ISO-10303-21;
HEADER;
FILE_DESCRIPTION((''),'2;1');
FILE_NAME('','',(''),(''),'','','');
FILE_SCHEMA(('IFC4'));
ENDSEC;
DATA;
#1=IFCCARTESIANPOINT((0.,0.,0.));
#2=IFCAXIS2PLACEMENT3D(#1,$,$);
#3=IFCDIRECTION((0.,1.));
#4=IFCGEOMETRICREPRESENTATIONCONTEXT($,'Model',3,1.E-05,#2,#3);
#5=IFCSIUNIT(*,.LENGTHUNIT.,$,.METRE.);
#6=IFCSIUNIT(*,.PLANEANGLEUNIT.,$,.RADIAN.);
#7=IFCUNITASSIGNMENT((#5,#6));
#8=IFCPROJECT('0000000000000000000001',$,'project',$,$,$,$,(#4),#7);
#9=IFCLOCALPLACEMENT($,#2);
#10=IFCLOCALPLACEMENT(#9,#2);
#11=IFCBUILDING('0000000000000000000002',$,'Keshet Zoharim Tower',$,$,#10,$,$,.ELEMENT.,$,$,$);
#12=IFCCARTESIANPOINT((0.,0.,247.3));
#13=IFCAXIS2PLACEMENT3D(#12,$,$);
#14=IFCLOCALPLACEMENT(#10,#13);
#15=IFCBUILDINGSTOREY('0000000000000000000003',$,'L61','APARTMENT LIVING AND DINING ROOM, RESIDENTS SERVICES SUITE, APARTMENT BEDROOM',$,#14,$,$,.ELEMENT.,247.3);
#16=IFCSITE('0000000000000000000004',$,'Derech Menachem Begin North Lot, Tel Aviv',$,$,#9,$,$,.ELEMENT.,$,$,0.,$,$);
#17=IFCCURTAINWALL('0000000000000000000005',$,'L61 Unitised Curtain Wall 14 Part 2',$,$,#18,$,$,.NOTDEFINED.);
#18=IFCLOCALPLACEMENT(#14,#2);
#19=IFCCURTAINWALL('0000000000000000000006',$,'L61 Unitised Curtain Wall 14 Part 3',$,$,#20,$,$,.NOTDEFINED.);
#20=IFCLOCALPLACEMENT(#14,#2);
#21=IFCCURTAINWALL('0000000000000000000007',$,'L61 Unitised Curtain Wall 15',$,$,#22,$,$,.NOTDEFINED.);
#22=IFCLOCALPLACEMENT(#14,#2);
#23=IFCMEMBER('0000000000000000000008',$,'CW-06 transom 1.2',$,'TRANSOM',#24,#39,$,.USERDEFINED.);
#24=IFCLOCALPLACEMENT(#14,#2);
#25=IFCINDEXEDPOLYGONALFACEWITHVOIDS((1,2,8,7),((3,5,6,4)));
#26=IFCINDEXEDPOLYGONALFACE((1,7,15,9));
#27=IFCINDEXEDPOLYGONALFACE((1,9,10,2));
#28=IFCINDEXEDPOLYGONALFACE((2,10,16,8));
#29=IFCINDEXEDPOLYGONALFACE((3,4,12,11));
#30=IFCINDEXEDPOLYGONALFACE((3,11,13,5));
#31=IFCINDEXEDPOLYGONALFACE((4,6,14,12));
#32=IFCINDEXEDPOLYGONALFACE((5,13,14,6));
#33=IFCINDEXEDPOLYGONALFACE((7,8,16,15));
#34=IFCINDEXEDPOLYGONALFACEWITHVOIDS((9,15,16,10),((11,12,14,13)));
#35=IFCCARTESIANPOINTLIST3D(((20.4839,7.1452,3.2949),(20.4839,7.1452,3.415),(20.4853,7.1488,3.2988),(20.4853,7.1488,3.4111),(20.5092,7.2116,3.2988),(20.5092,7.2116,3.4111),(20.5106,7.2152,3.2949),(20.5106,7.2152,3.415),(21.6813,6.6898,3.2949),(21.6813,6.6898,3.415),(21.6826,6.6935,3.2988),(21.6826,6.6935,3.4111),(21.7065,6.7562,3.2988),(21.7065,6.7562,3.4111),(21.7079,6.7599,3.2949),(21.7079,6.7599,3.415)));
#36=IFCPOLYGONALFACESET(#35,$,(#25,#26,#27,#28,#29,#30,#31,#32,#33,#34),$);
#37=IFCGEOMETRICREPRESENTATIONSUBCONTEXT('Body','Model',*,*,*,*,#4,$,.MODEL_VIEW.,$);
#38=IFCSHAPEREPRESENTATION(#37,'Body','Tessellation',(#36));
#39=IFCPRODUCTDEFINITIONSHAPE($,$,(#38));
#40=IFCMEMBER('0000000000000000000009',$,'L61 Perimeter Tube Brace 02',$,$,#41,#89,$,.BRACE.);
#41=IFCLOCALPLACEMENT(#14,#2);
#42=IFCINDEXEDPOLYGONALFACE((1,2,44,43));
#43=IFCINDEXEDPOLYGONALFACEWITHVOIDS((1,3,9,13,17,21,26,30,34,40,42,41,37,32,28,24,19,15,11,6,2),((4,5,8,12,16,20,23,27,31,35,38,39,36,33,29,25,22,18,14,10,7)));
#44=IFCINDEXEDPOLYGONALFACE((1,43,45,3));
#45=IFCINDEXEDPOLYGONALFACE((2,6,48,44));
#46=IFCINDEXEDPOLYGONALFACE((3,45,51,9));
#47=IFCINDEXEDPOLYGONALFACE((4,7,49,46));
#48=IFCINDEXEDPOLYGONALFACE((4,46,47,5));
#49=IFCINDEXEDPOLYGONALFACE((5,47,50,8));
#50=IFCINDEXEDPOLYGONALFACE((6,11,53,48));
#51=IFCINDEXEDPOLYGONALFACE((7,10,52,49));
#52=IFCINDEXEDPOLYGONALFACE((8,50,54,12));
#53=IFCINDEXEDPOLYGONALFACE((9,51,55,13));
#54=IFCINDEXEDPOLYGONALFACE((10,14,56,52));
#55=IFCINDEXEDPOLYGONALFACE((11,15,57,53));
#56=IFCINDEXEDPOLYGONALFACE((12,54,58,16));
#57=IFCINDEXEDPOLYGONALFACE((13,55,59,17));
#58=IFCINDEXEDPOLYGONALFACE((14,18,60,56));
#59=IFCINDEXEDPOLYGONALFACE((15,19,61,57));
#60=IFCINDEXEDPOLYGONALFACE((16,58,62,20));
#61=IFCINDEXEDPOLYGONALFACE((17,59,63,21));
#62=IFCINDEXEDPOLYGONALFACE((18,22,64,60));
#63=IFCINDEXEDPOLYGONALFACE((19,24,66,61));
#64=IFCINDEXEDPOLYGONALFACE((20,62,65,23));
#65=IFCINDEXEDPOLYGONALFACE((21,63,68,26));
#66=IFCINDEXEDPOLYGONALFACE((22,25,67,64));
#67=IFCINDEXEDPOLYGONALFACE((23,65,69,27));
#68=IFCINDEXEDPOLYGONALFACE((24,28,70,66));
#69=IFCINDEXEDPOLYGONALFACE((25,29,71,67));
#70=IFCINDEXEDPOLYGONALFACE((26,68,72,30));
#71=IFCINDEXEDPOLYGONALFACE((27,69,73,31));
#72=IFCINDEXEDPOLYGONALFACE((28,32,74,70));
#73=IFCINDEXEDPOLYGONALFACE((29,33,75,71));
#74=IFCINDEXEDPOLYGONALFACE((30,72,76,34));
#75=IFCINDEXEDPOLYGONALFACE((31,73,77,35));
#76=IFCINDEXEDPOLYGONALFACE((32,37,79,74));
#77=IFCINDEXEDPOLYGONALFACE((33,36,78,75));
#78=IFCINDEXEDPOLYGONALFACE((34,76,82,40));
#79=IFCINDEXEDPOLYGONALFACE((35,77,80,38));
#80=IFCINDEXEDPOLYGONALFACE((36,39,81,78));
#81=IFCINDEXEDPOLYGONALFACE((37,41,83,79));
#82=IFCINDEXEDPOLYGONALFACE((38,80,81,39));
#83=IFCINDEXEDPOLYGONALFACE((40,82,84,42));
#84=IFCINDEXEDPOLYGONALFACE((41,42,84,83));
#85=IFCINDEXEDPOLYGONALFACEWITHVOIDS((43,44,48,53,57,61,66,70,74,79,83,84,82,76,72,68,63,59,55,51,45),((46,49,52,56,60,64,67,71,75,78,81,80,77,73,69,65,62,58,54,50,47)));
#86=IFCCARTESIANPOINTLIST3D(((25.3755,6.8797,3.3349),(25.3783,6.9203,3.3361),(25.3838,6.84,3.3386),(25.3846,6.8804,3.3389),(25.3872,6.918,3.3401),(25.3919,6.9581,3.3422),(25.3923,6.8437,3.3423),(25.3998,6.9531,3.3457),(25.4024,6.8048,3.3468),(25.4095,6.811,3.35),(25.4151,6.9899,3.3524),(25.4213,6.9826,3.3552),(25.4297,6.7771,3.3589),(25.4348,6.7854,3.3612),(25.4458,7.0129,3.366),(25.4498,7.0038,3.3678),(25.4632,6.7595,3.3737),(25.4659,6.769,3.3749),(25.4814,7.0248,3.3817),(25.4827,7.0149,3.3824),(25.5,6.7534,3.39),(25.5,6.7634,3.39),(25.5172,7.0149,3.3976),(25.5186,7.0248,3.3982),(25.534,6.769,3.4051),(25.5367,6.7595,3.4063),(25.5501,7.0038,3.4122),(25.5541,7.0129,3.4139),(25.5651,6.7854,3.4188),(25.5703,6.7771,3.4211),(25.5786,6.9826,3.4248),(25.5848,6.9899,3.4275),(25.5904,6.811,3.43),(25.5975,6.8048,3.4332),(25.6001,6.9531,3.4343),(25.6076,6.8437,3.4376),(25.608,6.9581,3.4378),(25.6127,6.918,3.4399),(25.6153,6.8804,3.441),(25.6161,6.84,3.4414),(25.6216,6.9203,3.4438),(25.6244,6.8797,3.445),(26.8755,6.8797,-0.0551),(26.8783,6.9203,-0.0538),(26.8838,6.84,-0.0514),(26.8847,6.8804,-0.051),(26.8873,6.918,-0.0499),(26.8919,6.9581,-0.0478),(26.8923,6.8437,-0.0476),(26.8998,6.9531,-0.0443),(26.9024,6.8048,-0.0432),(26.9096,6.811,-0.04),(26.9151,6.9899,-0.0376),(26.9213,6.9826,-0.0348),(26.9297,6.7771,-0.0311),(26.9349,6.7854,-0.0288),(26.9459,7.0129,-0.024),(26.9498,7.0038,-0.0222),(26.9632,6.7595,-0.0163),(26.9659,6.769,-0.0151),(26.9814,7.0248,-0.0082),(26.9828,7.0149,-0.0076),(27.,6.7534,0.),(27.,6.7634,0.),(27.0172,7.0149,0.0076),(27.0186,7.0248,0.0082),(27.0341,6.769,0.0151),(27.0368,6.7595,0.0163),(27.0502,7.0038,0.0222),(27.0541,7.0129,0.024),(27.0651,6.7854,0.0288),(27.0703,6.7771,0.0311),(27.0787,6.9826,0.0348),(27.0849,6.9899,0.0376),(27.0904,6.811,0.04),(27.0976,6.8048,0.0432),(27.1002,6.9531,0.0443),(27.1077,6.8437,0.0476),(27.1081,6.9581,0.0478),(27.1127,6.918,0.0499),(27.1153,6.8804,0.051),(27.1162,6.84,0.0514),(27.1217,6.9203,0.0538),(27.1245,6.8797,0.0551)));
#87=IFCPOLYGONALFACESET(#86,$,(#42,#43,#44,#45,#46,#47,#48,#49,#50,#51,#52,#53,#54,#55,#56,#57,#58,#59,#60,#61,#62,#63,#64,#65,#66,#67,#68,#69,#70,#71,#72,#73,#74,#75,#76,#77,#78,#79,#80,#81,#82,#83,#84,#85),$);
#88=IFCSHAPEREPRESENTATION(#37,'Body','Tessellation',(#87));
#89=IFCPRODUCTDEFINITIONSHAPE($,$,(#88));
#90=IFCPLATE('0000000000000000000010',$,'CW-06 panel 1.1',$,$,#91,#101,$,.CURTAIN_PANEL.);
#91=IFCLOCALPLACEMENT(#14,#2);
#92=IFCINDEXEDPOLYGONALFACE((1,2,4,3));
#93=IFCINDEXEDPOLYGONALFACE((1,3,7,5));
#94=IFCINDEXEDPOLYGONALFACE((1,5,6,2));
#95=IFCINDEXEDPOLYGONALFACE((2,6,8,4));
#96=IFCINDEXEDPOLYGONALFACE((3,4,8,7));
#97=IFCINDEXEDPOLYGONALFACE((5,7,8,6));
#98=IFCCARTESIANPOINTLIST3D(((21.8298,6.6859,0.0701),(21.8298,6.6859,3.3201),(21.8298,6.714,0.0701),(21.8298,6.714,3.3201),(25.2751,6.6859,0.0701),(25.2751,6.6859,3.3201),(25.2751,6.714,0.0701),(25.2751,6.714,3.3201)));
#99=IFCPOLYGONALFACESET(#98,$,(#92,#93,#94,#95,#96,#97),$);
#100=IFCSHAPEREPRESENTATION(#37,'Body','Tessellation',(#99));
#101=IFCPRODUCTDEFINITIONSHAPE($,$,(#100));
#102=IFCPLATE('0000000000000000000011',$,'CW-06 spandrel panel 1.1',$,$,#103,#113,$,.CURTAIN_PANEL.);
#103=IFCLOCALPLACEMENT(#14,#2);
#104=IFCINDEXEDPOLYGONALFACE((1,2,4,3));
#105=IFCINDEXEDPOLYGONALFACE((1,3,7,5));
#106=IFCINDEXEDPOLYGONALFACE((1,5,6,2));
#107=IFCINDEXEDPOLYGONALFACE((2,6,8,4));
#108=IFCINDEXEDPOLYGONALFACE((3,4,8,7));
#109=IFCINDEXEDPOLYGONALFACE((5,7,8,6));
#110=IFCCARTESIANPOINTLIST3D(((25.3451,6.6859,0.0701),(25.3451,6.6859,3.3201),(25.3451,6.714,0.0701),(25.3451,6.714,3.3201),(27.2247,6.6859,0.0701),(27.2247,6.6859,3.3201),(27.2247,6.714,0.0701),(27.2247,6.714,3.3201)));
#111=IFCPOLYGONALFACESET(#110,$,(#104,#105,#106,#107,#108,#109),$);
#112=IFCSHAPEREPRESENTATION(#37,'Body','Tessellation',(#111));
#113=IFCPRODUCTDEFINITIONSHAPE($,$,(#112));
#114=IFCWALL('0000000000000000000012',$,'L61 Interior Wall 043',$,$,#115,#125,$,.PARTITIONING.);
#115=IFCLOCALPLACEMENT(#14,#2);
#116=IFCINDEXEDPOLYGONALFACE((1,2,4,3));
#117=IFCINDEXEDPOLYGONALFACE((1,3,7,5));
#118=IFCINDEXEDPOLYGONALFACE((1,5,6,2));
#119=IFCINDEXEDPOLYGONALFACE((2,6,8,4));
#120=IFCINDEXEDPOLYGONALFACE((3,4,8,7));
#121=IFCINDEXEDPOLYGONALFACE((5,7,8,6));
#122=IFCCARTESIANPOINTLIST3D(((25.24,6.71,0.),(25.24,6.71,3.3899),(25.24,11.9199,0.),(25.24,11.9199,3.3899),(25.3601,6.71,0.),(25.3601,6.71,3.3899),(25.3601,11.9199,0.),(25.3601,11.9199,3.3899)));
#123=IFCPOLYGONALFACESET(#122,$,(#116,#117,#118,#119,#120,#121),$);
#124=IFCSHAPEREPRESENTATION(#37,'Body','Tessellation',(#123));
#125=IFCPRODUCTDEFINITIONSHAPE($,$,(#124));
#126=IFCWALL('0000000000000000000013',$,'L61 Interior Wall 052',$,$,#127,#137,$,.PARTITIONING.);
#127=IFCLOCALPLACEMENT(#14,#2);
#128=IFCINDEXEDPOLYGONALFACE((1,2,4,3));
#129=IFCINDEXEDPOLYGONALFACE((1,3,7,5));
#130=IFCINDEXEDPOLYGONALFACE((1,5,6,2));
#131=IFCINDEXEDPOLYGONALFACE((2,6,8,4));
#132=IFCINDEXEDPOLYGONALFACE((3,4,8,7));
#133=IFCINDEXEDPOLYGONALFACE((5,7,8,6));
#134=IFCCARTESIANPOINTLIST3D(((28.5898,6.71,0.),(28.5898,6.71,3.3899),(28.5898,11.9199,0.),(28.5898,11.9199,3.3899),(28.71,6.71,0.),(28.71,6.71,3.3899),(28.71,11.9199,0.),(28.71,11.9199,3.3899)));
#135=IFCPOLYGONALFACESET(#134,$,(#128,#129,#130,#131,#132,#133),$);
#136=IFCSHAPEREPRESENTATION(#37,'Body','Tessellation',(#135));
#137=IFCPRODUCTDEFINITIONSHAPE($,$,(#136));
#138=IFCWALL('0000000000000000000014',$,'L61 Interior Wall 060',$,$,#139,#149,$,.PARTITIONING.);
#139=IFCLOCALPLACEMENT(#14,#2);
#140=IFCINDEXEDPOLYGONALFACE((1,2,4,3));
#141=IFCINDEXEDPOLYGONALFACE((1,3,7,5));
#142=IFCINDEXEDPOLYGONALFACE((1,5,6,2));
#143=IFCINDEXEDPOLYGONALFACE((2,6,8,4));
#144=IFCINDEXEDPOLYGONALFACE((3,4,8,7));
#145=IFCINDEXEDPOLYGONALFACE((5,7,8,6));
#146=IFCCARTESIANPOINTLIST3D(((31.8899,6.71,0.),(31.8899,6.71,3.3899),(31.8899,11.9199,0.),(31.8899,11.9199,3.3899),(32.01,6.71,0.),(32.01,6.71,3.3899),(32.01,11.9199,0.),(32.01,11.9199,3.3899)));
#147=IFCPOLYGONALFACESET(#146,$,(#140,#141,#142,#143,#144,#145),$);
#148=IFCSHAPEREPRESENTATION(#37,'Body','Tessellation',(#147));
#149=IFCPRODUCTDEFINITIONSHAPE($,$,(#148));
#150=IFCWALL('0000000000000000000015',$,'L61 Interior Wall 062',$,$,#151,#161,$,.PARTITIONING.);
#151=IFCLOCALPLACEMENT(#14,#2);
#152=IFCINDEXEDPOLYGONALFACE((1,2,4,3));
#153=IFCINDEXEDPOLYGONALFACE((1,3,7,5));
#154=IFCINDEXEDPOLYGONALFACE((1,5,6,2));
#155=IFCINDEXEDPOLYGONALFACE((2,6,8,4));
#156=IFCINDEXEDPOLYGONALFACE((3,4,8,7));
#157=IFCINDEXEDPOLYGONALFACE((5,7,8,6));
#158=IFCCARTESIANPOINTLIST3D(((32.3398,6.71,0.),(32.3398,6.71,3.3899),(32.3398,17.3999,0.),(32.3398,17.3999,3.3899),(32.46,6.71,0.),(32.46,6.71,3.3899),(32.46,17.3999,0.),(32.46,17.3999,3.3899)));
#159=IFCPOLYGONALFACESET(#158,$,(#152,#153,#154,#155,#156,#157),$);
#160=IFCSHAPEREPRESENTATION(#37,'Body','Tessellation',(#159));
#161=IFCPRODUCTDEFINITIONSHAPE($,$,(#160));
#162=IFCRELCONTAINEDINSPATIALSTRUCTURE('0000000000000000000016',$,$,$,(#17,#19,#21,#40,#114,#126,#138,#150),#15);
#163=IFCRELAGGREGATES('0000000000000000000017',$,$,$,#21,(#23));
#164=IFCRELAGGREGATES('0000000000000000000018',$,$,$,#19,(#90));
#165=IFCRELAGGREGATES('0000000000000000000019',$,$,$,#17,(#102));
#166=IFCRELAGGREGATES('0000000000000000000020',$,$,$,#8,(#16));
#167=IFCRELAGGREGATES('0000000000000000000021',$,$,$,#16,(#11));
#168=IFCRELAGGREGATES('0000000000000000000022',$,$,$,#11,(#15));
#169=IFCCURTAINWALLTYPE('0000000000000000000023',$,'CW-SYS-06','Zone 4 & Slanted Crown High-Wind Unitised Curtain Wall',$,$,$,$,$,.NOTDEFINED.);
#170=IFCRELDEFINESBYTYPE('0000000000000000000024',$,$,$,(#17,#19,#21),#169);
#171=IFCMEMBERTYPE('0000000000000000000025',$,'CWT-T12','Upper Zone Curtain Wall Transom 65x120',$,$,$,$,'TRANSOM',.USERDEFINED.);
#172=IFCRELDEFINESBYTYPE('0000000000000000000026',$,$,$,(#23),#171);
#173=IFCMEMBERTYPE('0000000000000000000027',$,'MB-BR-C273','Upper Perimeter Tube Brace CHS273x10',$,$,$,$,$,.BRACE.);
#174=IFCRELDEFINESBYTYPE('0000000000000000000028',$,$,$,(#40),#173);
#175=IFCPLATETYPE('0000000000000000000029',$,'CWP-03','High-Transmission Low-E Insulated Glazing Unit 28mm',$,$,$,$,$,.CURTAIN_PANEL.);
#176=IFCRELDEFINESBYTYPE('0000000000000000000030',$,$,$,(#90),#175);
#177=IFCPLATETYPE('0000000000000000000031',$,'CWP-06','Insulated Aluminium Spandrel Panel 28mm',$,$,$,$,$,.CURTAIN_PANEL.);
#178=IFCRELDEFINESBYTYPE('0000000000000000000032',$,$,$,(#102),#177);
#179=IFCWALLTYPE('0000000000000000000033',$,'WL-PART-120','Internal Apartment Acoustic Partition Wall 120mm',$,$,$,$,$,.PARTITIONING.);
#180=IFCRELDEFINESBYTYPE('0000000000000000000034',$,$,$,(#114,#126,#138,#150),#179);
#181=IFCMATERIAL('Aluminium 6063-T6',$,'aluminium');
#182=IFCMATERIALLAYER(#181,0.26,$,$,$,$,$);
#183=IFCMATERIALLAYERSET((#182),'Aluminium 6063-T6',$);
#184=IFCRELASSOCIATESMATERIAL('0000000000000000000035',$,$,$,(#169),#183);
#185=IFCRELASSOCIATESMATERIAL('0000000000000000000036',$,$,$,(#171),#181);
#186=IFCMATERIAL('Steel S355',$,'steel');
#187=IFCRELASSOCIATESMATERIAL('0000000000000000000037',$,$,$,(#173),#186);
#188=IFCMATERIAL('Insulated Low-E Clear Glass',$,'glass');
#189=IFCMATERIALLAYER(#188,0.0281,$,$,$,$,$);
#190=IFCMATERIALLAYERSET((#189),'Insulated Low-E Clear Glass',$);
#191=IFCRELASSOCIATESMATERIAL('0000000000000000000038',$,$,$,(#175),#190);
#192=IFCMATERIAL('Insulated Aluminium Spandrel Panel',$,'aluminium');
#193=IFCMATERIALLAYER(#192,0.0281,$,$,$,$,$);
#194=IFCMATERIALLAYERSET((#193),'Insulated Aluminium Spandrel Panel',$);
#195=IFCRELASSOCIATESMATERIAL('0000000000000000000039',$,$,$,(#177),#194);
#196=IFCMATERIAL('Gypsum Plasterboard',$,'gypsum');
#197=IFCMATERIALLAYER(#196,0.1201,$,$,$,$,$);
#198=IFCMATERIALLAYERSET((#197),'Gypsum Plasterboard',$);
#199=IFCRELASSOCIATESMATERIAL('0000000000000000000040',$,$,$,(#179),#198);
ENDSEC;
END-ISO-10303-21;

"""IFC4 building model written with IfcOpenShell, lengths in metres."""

from ifc_helpers import new_model, si_unit, direction, frame, frame_2d, origin, origin_2d, place, context, subcontext, project, spatial, rectangle, hollow_rectangle, hollow_circle, extrude, material, layer, layer_set, material_profile, profile_set, type_object, element, aggregate, save


model = new_model("IFC4")

# Units and contexts
model_context = context("Model", 3, precision=1e-05, world=origin(), true_north=direction((0.0, 1.0)))
body_context = subcontext(model_context, "Body", "Model", "MODEL_VIEW")
ifc_project = project(units=[si_unit("LENGTHUNIT", "METRE"), si_unit("PLANEANGLEUNIT", "RADIAN")], contexts=[model_context])

# Site, building, storey
site_placement = place(None, origin())
site = spatial("IfcSite", under=ifc_project, at=site_placement, Name="Derech Menachem Begin North Lot, Tel Aviv", CompositionType="ELEMENT", RefElevation=0.0)
building_placement = place(site_placement, origin())
building = spatial("IfcBuilding", under=site, at=building_placement, Name="Keshet Zoharim Tower", CompositionType="ELEMENT")
storey_placement = place(building_placement, frame((0.0, 0.0, 247.3)))
storey = spatial("IfcBuildingStorey", under=building, at=storey_placement, Name="L61", Description="APARTMENT LIVING AND DINING ROOM, RESIDENTS SERVICES SUITE, APARTMENT BEDROOM", CompositionType="ELEMENT", Elevation=247.3)

# Shared definitions
ifc_material_1 = material(Name="Steel S355", Category="steel")

# Curtain walls
ifc_material_2 = material(Name="Aluminium 6063-T6", Category="aluminium")
ifc_layer_1 = layer(ifc_material_2, 0.26)
ifc_layer_set_1 = layer_set([ifc_layer_1], Name="Aluminium 6063-T6")
curtain_wall_type = type_object("IfcCurtainWallType", Name="CW-SYS-06", Description="Zone 4 & Slanted Crown High-Wind Unitised Curtain Wall", PredefinedType="NOTDEFINED", material=ifc_layer_set_1)
curtain_wall_1_placement = place(storey_placement, origin())
curtain_wall_1 = element("IfcCurtainWall", 1, at=curtain_wall_1_placement, inside=storey, type_object=curtain_wall_type, Name="L61 Unitised Curtain Wall 14 Part 2", PredefinedType="NOTDEFINED")
curtain_wall_2_placement = place(storey_placement, origin())
curtain_wall_2 = element("IfcCurtainWall", 2, at=curtain_wall_2_placement, inside=storey, type_object=curtain_wall_type, Name="L61 Unitised Curtain Wall 14 Part 3", PredefinedType="NOTDEFINED")
curtain_wall_3_placement = place(storey_placement, origin())
curtain_wall_3 = element("IfcCurtainWall", 3, at=curtain_wall_3_placement, inside=storey, type_object=curtain_wall_type, Name="L61 Unitised Curtain Wall 15", PredefinedType="NOTDEFINED")

# Members
ifc_material_profile_1 = material_profile(ifc_material_2, hollow_rectangle(XDim=0.075, YDim=0.1201, WallThickness=0.0039, at=origin_2d()), Name="TRN-75x120")
ifc_profile_set_1 = profile_set([ifc_material_profile_1], Name="Aluminium 6063-T6")
member_type_1 = type_object("IfcMemberType", Name="CWT-T12", Description="Upper Zone Curtain Wall Transom 65x120", ElementType="TRANSOM", PredefinedType="USERDEFINED", material=ifc_profile_set_1)
member_1_placement = place(storey_placement, frame((21.6946, 6.7249, 3.355), z_axis=(-0.93469, 0.355464, 0.0), x_axis=(-0.355464, -0.93469, 0.0)))
member_1 = element("IfcMember", 4, at=member_1_placement, type_object=member_type_1, Name="CW-06 transom 1.2", ObjectType="TRANSOM", PredefinedType="USERDEFINED", context=body_context, shape_type="SweptSolid", body=[
    extrude(hollow_rectangle(XDim=0.075, YDim=0.1201, WallThickness=0.0039, at=origin_2d()), origin(), (0.0, 0.0, 1.0), 1.281),
])
aggregate(curtain_wall_3, [member_1])
ifc_material_profile_2 = material_profile(ifc_material_1, hollow_circle(Radius=0.1365, WallThickness=0.01, at=origin_2d()), Name="CHS273x10")
ifc_profile_set_2 = profile_set([ifc_material_profile_2], Name="Steel S355")
member_type_2 = type_object("IfcMemberType", Name="MB-BR-C273", Description="Upper Perimeter Tube Brace CHS273x10", PredefinedType="BRACE", material=ifc_profile_set_2)
member_2_placement = place(storey_placement, frame((27.0, 6.8899, 0.0), z_axis=(-0.404647, 0.0, 0.914473), x_axis=(0.0, -1.0, 0.0)))
element("IfcMember", 5, at=member_2_placement, inside=storey, type_object=member_type_2, Name="L61 Perimeter Tube Brace 02", PredefinedType="BRACE", context=body_context, shape_type="SweptSolid", body=[
    extrude(hollow_circle(Radius=0.1365, WallThickness=0.01, at=origin_2d()), origin(), (0.0, 0.0, 1.0), 3.707),
])

# Plates
ifc_material_3 = material(Name="Insulated Low-E Clear Glass", Category="glass")
ifc_layer_2 = layer(ifc_material_3, 0.0281)
ifc_layer_set_2 = layer_set([ifc_layer_2], Name="Insulated Low-E Clear Glass")
plate_type_1 = type_object("IfcPlateType", Name="CWP-03", Description="High-Transmission Low-E Insulated Glazing Unit 28mm", PredefinedType="CURTAIN_PANEL", material=ifc_layer_set_2)
plate_1_placement = place(storey_placement, frame((23.5525, 6.7, 0.0701), z_axis=(0.0, 0.0, 1.0), x_axis=(-1.0, 0.0, 0.0)))
plate_1 = element("IfcPlate", 6, at=plate_1_placement, type_object=plate_type_1, Name="CW-06 panel 1.1", PredefinedType="CURTAIN_PANEL", context=body_context, shape_type="SweptSolid", body=[
    extrude(rectangle(XDim=3.4453, YDim=0.0281, at=origin_2d()), origin(), (0.0, 0.0, 1.0), 3.25),
])
aggregate(curtain_wall_2, [plate_1])
ifc_material_4 = material(Name="Insulated Aluminium Spandrel Panel", Category="aluminium")
ifc_layer_3 = layer(ifc_material_4, 0.0281)
ifc_layer_set_3 = layer_set([ifc_layer_3], Name="Insulated Aluminium Spandrel Panel")
plate_type_2 = type_object("IfcPlateType", Name="CWP-06", Description="Insulated Aluminium Spandrel Panel 28mm", PredefinedType="CURTAIN_PANEL", material=ifc_layer_set_3)
plate_2_placement = place(storey_placement, frame((26.2849, 6.7, 0.0701), z_axis=(0.0, 0.0, 1.0), x_axis=(-1.0, 0.0, 0.0)))
plate_2 = element("IfcPlate", 7, at=plate_2_placement, type_object=plate_type_2, Name="CW-06 spandrel panel 1.1", PredefinedType="CURTAIN_PANEL", context=body_context, shape_type="SweptSolid", body=[
    extrude(rectangle(XDim=1.8796, YDim=0.0281, at=origin_2d()), origin(), (0.0, 0.0, 1.0), 3.25),
])
aggregate(curtain_wall_1, [plate_2])

# Walls
ifc_material_5 = material(Name="Gypsum Plasterboard", Category="gypsum")
ifc_layer_4 = layer(ifc_material_5, 0.1201)
ifc_layer_set_4 = layer_set([ifc_layer_4], Name="Gypsum Plasterboard")
wall_type = type_object("IfcWallType", Name="WL-PART-120", Description="Internal Apartment Acoustic Partition Wall 120mm", PredefinedType="PARTITIONING", material=ifc_layer_set_4)
for number, where, z_axis, x_axis, name in (
    (8, (25.3, 6.71, 0.0), (0.0, 0.0, 1.0), (0.0, 1.0, 0.0), "L61 Interior Wall 043"),
    (9, (28.6499, 6.71, 0.0), (0.0, 0.0, 1.0), (0.0, 1.0, 0.0), "L61 Interior Wall 052"),
    (10, (31.95, 6.71, 0.0), (0.0, 0.0, 1.0), (0.0, 1.0, 0.0), "L61 Interior Wall 060"),
):
    element("IfcWall", number, at=place(storey_placement, frame(where, z_axis=z_axis, x_axis=x_axis)), inside=storey, type_object=wall_type, Name=name, PredefinedType="PARTITIONING", context=body_context, shape_type="SweptSolid", body=[
        extrude(rectangle(XDim=5.21, YDim=0.1201, at=frame_2d((2.605, 0.0))), origin(), (0.0, 0.0, 1.0), 3.3899),
    ])
wall_placement = place(storey_placement, frame((32.3999, 6.71, 0.0), z_axis=(0.0, 0.0, 1.0), x_axis=(0.0, 1.0, 0.0)))
element("IfcWall", 11, at=wall_placement, inside=storey, type_object=wall_type, Name="L61 Interior Wall 062", PredefinedType="PARTITIONING", context=body_context, shape_type="SweptSolid", body=[
    extrude(rectangle(XDim=10.6899, YDim=0.1201, at=frame_2d((5.345, 0.0))), origin(), (0.0, 0.0, 1.0), 3.3899),
])

save(model, "model.ifc")
